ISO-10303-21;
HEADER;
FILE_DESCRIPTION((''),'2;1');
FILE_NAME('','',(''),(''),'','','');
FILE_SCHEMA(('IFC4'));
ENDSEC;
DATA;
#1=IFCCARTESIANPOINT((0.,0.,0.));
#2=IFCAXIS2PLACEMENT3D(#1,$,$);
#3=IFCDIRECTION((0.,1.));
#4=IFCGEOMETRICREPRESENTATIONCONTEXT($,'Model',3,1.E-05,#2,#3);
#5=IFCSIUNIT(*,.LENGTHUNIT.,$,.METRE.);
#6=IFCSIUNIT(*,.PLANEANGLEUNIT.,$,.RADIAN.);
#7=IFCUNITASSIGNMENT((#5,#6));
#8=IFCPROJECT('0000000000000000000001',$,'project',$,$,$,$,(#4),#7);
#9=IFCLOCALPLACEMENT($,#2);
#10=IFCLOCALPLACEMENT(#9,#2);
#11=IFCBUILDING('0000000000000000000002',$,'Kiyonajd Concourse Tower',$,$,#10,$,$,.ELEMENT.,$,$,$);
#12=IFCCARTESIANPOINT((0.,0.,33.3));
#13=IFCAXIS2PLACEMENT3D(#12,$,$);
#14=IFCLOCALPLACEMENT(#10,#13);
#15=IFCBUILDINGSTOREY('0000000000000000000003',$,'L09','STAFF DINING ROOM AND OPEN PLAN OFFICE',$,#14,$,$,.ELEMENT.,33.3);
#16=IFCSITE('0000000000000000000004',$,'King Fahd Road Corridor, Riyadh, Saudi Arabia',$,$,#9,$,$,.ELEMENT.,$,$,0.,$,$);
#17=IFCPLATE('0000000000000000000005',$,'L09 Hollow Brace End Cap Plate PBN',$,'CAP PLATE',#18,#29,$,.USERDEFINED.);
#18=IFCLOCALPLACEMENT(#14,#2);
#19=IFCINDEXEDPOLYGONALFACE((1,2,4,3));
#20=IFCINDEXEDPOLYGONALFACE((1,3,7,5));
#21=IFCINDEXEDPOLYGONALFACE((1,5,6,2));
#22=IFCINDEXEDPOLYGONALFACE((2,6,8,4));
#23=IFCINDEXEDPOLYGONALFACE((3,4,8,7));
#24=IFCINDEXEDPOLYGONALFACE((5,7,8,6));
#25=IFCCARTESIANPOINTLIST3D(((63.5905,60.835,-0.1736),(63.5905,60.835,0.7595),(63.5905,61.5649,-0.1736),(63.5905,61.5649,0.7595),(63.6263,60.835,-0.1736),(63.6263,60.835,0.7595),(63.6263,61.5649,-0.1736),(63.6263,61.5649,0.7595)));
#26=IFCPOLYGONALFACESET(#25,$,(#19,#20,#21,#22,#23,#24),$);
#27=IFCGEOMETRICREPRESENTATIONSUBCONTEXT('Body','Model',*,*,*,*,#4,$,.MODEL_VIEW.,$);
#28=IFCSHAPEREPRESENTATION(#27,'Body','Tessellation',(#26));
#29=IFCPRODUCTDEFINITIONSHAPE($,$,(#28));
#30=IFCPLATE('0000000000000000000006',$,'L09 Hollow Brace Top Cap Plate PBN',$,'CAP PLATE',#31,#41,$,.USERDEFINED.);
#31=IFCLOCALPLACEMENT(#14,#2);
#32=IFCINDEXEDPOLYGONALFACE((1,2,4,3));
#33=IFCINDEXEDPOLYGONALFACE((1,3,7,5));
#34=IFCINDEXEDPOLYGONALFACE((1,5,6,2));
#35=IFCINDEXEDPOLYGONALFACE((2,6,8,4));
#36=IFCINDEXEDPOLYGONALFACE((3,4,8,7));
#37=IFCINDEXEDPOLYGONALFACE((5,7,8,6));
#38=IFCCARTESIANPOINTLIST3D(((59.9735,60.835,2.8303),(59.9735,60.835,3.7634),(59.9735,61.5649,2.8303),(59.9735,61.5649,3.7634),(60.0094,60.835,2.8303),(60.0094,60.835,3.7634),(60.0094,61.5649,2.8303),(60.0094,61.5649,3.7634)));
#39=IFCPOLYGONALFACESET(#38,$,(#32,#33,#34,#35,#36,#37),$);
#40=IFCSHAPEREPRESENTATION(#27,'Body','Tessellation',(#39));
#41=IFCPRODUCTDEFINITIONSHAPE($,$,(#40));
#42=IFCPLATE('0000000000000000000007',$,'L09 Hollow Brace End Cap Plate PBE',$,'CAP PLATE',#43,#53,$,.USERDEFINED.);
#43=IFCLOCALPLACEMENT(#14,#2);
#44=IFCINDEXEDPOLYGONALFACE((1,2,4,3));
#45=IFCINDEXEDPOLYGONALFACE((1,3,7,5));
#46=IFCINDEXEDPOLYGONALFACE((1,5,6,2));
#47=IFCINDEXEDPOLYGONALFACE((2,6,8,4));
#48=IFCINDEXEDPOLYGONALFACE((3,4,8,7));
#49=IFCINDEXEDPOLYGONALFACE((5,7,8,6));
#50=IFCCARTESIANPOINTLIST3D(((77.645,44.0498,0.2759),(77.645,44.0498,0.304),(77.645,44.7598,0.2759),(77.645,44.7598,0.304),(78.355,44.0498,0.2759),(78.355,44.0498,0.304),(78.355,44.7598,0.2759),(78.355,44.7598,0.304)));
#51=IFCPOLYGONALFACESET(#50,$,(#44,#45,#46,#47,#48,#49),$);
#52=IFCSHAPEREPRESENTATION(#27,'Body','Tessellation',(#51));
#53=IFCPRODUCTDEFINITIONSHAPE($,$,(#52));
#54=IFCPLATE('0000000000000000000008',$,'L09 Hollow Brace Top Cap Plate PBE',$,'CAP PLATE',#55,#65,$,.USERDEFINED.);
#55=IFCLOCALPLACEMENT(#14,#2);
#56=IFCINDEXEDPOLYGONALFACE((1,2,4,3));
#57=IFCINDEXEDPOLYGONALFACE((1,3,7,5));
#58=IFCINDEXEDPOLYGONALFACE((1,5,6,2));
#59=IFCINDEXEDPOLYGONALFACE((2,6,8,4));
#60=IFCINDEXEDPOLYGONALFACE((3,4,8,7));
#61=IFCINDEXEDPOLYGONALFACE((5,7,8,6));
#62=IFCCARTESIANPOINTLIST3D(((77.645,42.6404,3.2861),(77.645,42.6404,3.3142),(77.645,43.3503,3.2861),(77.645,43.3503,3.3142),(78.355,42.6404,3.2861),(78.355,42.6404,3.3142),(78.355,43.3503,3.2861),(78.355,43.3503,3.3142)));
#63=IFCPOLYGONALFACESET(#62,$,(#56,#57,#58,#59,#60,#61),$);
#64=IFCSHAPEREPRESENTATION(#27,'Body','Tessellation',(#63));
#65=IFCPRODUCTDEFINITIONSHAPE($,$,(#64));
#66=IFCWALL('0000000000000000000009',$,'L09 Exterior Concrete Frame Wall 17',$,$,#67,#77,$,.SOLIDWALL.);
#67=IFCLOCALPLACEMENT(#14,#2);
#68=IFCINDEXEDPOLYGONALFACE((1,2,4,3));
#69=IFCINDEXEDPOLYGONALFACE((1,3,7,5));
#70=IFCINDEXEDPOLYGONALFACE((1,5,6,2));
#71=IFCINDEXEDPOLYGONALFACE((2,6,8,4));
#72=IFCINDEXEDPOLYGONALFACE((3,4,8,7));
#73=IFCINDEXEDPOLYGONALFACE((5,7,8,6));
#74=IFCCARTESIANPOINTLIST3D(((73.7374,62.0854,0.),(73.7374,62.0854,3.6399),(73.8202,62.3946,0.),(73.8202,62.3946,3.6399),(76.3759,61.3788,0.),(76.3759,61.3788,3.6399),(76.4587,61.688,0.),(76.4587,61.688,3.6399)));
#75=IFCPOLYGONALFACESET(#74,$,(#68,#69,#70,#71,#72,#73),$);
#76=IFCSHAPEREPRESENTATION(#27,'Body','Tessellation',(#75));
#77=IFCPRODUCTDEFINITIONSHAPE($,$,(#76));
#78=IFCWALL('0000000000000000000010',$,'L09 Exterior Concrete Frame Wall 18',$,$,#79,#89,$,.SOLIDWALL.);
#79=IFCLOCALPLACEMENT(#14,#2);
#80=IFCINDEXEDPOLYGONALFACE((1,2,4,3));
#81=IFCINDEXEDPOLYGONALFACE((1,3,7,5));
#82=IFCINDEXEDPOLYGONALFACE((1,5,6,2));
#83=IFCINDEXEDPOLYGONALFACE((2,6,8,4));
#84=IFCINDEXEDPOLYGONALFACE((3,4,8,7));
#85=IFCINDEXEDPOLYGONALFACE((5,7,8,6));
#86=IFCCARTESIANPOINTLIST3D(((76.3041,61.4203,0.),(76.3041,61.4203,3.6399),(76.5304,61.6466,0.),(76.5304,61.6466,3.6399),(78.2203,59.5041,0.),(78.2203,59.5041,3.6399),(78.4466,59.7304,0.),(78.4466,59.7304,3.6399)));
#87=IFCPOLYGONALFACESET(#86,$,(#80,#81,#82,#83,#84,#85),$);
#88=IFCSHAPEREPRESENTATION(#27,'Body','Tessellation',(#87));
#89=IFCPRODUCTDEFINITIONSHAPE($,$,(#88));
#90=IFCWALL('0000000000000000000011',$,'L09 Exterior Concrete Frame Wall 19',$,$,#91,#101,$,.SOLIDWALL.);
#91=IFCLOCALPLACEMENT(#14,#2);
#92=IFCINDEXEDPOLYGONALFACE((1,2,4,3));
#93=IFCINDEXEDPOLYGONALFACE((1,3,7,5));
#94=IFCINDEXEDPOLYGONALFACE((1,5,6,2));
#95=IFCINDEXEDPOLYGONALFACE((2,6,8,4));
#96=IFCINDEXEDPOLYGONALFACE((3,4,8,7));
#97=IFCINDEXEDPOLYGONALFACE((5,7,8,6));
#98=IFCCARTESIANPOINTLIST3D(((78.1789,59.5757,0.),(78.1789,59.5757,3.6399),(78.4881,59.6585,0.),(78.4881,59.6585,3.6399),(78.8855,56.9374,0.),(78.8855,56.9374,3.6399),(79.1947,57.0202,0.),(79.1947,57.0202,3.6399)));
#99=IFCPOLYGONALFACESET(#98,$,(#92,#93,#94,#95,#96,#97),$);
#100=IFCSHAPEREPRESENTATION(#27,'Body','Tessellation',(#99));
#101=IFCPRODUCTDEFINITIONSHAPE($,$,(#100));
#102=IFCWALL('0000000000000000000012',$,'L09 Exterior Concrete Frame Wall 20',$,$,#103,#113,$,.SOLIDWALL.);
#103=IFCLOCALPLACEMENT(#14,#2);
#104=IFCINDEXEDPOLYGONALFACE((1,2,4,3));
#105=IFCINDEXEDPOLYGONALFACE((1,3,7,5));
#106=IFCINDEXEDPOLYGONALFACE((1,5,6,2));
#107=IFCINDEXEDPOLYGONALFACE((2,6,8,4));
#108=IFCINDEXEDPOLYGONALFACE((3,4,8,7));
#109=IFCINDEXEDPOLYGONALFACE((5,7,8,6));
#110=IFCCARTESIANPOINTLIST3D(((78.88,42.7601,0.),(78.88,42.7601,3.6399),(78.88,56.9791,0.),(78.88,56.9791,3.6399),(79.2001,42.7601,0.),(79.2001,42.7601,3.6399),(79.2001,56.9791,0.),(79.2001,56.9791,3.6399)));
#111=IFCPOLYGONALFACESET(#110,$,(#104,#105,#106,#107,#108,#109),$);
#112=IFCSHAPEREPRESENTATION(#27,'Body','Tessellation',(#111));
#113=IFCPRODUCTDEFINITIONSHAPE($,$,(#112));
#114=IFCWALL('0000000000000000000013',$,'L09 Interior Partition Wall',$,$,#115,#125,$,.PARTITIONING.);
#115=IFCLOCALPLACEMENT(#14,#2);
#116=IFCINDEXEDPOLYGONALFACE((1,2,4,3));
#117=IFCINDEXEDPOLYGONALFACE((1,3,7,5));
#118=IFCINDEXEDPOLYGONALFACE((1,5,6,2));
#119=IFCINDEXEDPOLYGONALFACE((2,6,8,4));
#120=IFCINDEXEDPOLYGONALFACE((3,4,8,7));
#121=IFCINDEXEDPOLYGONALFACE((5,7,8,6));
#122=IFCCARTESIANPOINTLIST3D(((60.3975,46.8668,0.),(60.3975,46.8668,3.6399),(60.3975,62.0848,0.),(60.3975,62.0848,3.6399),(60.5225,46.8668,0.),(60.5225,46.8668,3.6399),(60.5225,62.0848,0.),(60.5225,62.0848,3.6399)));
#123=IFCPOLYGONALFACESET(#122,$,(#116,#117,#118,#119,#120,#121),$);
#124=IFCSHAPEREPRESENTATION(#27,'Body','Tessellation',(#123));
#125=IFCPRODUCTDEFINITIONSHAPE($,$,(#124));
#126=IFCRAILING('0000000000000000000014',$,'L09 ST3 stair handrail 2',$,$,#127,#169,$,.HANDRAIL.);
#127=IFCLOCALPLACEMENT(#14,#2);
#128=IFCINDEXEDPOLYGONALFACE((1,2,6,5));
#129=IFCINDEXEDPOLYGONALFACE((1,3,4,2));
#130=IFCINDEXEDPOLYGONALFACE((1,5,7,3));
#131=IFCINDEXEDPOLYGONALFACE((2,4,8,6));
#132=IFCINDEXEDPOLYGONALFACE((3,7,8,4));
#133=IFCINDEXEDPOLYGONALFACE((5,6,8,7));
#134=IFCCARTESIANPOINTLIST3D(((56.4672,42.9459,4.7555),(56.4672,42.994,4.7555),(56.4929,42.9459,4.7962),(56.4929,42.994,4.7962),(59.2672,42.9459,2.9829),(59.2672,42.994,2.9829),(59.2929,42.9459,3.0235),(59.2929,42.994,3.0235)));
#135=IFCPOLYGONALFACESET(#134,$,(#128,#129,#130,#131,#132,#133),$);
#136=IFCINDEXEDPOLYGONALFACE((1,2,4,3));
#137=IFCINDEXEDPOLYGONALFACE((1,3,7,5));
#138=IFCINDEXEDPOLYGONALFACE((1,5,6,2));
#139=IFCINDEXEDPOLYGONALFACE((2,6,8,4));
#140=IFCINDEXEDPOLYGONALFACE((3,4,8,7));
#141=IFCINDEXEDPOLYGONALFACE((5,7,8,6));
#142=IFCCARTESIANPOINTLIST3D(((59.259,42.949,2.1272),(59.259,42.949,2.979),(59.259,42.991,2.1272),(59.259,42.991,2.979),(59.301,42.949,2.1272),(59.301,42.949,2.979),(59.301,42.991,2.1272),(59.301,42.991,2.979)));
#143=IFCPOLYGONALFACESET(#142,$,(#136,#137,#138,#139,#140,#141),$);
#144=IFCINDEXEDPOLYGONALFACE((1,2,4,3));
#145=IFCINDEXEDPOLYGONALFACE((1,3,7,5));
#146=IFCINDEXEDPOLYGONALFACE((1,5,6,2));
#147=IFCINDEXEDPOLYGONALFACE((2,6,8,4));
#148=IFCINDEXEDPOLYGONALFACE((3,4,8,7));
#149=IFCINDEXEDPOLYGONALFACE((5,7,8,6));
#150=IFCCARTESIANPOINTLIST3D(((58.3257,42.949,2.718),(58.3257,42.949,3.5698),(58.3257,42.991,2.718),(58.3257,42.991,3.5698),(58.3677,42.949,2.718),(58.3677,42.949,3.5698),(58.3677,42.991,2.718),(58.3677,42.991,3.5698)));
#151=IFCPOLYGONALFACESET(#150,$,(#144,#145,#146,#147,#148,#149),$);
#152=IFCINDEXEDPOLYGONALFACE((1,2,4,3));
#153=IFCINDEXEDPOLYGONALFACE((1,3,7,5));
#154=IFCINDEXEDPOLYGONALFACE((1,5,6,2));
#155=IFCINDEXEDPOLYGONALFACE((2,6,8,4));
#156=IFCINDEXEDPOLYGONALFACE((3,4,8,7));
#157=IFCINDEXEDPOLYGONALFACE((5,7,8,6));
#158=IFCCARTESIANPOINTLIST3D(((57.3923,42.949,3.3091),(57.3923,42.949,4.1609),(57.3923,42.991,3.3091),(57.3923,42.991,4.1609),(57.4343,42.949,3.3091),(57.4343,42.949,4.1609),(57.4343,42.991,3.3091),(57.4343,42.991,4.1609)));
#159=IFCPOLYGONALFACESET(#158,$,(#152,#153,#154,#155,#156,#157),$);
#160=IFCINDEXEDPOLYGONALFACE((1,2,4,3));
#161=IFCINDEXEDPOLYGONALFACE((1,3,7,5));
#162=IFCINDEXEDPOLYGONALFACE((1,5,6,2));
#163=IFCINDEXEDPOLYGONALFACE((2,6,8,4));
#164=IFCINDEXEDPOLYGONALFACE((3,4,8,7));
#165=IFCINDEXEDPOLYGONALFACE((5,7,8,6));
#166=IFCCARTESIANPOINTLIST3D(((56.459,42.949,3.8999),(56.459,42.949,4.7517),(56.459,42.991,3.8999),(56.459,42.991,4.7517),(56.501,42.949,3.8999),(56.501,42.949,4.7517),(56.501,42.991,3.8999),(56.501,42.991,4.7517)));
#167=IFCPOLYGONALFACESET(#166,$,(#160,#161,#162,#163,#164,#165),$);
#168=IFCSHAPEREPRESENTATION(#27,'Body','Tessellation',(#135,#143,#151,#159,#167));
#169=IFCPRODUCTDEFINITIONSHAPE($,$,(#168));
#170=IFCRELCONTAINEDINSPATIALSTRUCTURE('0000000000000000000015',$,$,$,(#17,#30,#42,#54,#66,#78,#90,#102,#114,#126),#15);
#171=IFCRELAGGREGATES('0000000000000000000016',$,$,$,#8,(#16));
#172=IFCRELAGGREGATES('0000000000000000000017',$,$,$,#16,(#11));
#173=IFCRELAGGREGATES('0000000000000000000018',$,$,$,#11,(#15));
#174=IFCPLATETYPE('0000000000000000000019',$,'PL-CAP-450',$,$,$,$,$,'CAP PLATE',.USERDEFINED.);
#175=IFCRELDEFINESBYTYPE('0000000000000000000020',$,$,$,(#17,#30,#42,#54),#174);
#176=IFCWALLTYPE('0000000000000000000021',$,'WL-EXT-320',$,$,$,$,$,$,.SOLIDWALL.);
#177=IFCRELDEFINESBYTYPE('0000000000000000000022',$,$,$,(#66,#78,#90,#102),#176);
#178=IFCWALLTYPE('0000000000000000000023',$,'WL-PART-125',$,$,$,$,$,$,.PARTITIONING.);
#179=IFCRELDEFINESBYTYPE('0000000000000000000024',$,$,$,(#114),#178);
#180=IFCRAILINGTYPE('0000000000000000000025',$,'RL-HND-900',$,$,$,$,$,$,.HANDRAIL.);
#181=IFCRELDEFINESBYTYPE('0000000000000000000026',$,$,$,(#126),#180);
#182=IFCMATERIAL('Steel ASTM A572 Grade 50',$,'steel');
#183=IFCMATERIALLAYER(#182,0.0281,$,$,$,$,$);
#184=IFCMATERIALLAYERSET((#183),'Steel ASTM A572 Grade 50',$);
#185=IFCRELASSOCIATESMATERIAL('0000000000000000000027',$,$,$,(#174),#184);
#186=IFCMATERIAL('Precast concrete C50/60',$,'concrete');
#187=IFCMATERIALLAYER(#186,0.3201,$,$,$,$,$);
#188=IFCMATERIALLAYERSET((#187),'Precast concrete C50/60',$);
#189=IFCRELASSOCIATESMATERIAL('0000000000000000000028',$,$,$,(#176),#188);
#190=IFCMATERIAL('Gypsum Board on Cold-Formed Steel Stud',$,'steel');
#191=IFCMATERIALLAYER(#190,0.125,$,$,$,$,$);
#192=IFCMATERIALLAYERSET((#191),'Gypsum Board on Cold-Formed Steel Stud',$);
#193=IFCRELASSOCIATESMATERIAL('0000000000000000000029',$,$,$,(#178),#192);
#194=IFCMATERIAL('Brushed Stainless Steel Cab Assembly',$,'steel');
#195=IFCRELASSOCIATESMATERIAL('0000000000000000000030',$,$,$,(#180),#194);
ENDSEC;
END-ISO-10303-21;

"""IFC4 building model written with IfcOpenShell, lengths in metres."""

from ifc_helpers import new_model, si_unit, direction, frame, frame_2d, origin, origin_2d, place, context, subcontext, project, spatial, rectangle, extrude, material, layer, layer_set, type_object, element, save


model = new_model("IFC4")

# Units and contexts
model_context = context("Model", 3, precision=1e-05, world=origin(), true_north=direction((0.0, 1.0)))
body_context = subcontext(model_context, "Body", "Model", "MODEL_VIEW")
ifc_project = project(units=[si_unit("LENGTHUNIT", "METRE"), si_unit("PLANEANGLEUNIT", "RADIAN")], contexts=[model_context])

# Site, building, storey
site_placement = place(None, origin())
site = spatial("IfcSite", under=ifc_project, at=site_placement, Name="King Fahd Road Corridor, Riyadh, Saudi Arabia", CompositionType="ELEMENT", RefElevation=0.0)
building_placement = place(site_placement, origin())
building = spatial("IfcBuilding", under=site, at=building_placement, Name="Kiyonajd Concourse Tower", CompositionType="ELEMENT")
storey_placement = place(building_placement, frame((0.0, 0.0, 33.3)))
storey = spatial("IfcBuildingStorey", under=building, at=storey_placement, Name="L09", Description="STAFF DINING ROOM AND OPEN PLAN OFFICE", CompositionType="ELEMENT", Elevation=33.3)

# Shared definitions
ifc_material_1 = material(Name="Precast concrete C50/60", Category="concrete")

# Shared definitions
ifc_material_2 = material(Name="Steel ASTM A572 Grade 50", Category="steel")

# Plates
ifc_layer_1 = layer(ifc_material_2, 0.0281)
ifc_layer_set_1 = layer_set([ifc_layer_1], Name="Steel ASTM A572 Grade 50")
plate_type = type_object("IfcPlateType", Name="PL-CAP-450", ElementType="CAP PLATE", PredefinedType="USERDEFINED", material=ifc_layer_set_1)
for number, where, z_axis, x_axis, name in (
    (1, (63.6084, 61.2, -0.1736), (0.0, 0.0, 1.0), (1.0, 0.0, 0.0), "L09 Hollow Brace End Cap Plate PBN"),
    (2, (59.9915, 61.2, 2.8303), (0.0, 0.0, 1.0), (-1.0, 0.0, 0.0), "L09 Hollow Brace Top Cap Plate PBN"),
):
    element("IfcPlate", number, at=place(storey_placement, frame(where, z_axis=z_axis, x_axis=x_axis)), inside=storey, type_object=plate_type, Name=name, ObjectType="CAP PLATE", PredefinedType="USERDEFINED", context=body_context, shape_type="SweptSolid", body=[
        extrude(rectangle(XDim=0.0359, YDim=0.73, at=origin_2d()), origin(), (0.0, 0.0, 1.0), 0.9331),
    ])
for number, where, z_axis, x_axis, name in (
    (3, (78.0, 44.4048, 0.2759), (0.0, 0.0, 1.0), (1.0, 0.0, 0.0), "L09 Hollow Brace End Cap Plate PBE"),
    (4, (78.0, 42.9954, 3.2861), (0.0, 0.0, 1.0), (1.0, 0.0, 0.0), "L09 Hollow Brace Top Cap Plate PBE"),
):
    element("IfcPlate", number, at=place(storey_placement, frame(where, z_axis=z_axis, x_axis=x_axis)), inside=storey, type_object=plate_type, Name=name, ObjectType="CAP PLATE", PredefinedType="USERDEFINED", context=body_context, shape_type="SweptSolid", body=[
        extrude(rectangle(XDim=0.71, YDim=0.71, at=origin_2d()), origin(), (0.0, 0.0, 1.0), 0.0281),
    ])

# Walls
ifc_layer_2 = layer(ifc_material_1, 0.3201)
ifc_layer_set_2 = layer_set([ifc_layer_2], Name="Precast concrete C50/60")
wall_type_1 = type_object("IfcWallType", Name="WL-EXT-320", PredefinedType="SOLIDWALL", material=ifc_layer_set_2)
wall_1_placement = place(storey_placement, frame((73.7788, 62.24, 0.0), z_axis=(0.0, 0.0, 1.0), x_axis=(0.965964, -0.258675, 0.0)))
element("IfcWall", 5, at=wall_1_placement, inside=storey, type_object=wall_type_1, Name="L09 Exterior Concrete Frame Wall 17", PredefinedType="SOLIDWALL", context=body_context, shape_type="SweptSolid", body=[
    extrude(rectangle(XDim=2.7314, YDim=0.3201, at=frame_2d((1.3657, 0.0))), origin(), (0.0, 0.0, 1.0), 3.6399),
])
wall_2_placement = place(storey_placement, frame((76.4172, 61.5334, 0.0), z_axis=(0.0, 0.0, 1.0), x_axis=(0.707107, -0.707107, 0.0)))
element("IfcWall", 6, at=wall_2_placement, inside=storey, type_object=wall_type_1, Name="L09 Exterior Concrete Frame Wall 18", PredefinedType="SOLIDWALL", context=body_context, shape_type="SweptSolid", body=[
    extrude(rectangle(XDim=2.71, YDim=0.3201, at=frame_2d((1.355, 0.0))), origin(), (0.0, 0.0, 1.0), 3.6399),
])
wall_3_placement = place(storey_placement, frame((78.3335, 59.6172, 0.0), z_axis=(0.0, 0.0, 1.0), x_axis=(0.258697, -0.965958, 0.0)))
element("IfcWall", 7, at=wall_3_placement, inside=storey, type_object=wall_type_1, Name="L09 Exterior Concrete Frame Wall 19", PredefinedType="SOLIDWALL", context=body_context, shape_type="SweptSolid", body=[
    extrude(rectangle(XDim=2.7312, YDim=0.3201, at=frame_2d((1.3657, 0.0))), origin(), (0.0, 0.0, 1.0), 3.6399),
])
wall_4_placement = place(storey_placement, frame((79.04, 56.979, 0.0), z_axis=(0.0, 0.0, 1.0), x_axis=(0.0, -1.0, 0.0)))
element("IfcWall", 8, at=wall_4_placement, inside=storey, type_object=wall_type_1, Name="L09 Exterior Concrete Frame Wall 20", PredefinedType="SOLIDWALL", context=body_context, shape_type="SweptSolid", body=[
    extrude(rectangle(XDim=14.219, YDim=0.3201, at=frame_2d((7.1094, 0.0))), origin(), (0.0, 0.0, 1.0), 3.6399),
])
ifc_material_3 = material(Name="Gypsum Board on Cold-Formed Steel Stud", Category="steel")
ifc_layer_3 = layer(ifc_material_3, 0.125)
ifc_layer_set_3 = layer_set([ifc_layer_3], Name="Gypsum Board on Cold-Formed Steel Stud")
wall_type_2 = type_object("IfcWallType", Name="WL-PART-125", PredefinedType="PARTITIONING", material=ifc_layer_set_3)
wall_5_placement = place(storey_placement, frame((60.46, 46.8669, 0.0), z_axis=(0.0, 0.0, 1.0), x_axis=(0.0, 1.0, 0.0)))
element("IfcWall", 9, at=wall_5_placement, inside=storey, type_object=wall_type_2, Name="L09 Interior Partition Wall", PredefinedType="PARTITIONING", context=body_context, shape_type="SweptSolid", body=[
    extrude(rectangle(XDim=15.218, YDim=0.125, at=frame_2d((7.6089, 0.0))), origin(), (0.0, 0.0, 1.0), 3.6399),
])

# Railing
ifc_material_4 = material(Name="Brushed Stainless Steel Cab Assembly", Category="steel")
railing_type = type_object("IfcRailingType", Name="RL-HND-900", PredefinedType="HANDRAIL", material=ifc_material_4)
railing_placement = place(storey_placement, frame((59.28, 42.97, 2.1272)))
element("IfcRailing", 10, at=railing_placement, inside=storey, type_object=railing_type, Name="L09 ST3 stair handrail 2", PredefinedType="HANDRAIL", context=body_context, shape_type="SweptSolid", body=[
    extrude(rectangle(XDim=0.0481, YDim=0.0481, at=origin_2d()), frame((0.0, 0.0, 0.876), z_axis=(-0.844909, 0.0, 0.53491), x_axis=(0.0, -1.0, 0.0)), (0.0, 0.0, 1.0), 3.314),
    extrude(rectangle(XDim=0.042, YDim=0.042, at=origin_2d()), origin(), (0.0, 0.0, 1.0), 0.8518),
    extrude(rectangle(XDim=0.042, YDim=0.042, at=origin_2d()), frame((-0.9333, 0.0, 0.5908)), (0.0, 0.0, 1.0), 0.8518),
    extrude(rectangle(XDim=0.042, YDim=0.042, at=origin_2d()), frame((-1.8667, 0.0, 1.1819)), (0.0, 0.0, 1.0), 0.8518),
    extrude(rectangle(XDim=0.042, YDim=0.042, at=origin_2d()), frame((-2.8, 0.0, 1.7727)), (0.0, 0.0, 1.0), 0.8518),
])

save(model, "model.ifc")
